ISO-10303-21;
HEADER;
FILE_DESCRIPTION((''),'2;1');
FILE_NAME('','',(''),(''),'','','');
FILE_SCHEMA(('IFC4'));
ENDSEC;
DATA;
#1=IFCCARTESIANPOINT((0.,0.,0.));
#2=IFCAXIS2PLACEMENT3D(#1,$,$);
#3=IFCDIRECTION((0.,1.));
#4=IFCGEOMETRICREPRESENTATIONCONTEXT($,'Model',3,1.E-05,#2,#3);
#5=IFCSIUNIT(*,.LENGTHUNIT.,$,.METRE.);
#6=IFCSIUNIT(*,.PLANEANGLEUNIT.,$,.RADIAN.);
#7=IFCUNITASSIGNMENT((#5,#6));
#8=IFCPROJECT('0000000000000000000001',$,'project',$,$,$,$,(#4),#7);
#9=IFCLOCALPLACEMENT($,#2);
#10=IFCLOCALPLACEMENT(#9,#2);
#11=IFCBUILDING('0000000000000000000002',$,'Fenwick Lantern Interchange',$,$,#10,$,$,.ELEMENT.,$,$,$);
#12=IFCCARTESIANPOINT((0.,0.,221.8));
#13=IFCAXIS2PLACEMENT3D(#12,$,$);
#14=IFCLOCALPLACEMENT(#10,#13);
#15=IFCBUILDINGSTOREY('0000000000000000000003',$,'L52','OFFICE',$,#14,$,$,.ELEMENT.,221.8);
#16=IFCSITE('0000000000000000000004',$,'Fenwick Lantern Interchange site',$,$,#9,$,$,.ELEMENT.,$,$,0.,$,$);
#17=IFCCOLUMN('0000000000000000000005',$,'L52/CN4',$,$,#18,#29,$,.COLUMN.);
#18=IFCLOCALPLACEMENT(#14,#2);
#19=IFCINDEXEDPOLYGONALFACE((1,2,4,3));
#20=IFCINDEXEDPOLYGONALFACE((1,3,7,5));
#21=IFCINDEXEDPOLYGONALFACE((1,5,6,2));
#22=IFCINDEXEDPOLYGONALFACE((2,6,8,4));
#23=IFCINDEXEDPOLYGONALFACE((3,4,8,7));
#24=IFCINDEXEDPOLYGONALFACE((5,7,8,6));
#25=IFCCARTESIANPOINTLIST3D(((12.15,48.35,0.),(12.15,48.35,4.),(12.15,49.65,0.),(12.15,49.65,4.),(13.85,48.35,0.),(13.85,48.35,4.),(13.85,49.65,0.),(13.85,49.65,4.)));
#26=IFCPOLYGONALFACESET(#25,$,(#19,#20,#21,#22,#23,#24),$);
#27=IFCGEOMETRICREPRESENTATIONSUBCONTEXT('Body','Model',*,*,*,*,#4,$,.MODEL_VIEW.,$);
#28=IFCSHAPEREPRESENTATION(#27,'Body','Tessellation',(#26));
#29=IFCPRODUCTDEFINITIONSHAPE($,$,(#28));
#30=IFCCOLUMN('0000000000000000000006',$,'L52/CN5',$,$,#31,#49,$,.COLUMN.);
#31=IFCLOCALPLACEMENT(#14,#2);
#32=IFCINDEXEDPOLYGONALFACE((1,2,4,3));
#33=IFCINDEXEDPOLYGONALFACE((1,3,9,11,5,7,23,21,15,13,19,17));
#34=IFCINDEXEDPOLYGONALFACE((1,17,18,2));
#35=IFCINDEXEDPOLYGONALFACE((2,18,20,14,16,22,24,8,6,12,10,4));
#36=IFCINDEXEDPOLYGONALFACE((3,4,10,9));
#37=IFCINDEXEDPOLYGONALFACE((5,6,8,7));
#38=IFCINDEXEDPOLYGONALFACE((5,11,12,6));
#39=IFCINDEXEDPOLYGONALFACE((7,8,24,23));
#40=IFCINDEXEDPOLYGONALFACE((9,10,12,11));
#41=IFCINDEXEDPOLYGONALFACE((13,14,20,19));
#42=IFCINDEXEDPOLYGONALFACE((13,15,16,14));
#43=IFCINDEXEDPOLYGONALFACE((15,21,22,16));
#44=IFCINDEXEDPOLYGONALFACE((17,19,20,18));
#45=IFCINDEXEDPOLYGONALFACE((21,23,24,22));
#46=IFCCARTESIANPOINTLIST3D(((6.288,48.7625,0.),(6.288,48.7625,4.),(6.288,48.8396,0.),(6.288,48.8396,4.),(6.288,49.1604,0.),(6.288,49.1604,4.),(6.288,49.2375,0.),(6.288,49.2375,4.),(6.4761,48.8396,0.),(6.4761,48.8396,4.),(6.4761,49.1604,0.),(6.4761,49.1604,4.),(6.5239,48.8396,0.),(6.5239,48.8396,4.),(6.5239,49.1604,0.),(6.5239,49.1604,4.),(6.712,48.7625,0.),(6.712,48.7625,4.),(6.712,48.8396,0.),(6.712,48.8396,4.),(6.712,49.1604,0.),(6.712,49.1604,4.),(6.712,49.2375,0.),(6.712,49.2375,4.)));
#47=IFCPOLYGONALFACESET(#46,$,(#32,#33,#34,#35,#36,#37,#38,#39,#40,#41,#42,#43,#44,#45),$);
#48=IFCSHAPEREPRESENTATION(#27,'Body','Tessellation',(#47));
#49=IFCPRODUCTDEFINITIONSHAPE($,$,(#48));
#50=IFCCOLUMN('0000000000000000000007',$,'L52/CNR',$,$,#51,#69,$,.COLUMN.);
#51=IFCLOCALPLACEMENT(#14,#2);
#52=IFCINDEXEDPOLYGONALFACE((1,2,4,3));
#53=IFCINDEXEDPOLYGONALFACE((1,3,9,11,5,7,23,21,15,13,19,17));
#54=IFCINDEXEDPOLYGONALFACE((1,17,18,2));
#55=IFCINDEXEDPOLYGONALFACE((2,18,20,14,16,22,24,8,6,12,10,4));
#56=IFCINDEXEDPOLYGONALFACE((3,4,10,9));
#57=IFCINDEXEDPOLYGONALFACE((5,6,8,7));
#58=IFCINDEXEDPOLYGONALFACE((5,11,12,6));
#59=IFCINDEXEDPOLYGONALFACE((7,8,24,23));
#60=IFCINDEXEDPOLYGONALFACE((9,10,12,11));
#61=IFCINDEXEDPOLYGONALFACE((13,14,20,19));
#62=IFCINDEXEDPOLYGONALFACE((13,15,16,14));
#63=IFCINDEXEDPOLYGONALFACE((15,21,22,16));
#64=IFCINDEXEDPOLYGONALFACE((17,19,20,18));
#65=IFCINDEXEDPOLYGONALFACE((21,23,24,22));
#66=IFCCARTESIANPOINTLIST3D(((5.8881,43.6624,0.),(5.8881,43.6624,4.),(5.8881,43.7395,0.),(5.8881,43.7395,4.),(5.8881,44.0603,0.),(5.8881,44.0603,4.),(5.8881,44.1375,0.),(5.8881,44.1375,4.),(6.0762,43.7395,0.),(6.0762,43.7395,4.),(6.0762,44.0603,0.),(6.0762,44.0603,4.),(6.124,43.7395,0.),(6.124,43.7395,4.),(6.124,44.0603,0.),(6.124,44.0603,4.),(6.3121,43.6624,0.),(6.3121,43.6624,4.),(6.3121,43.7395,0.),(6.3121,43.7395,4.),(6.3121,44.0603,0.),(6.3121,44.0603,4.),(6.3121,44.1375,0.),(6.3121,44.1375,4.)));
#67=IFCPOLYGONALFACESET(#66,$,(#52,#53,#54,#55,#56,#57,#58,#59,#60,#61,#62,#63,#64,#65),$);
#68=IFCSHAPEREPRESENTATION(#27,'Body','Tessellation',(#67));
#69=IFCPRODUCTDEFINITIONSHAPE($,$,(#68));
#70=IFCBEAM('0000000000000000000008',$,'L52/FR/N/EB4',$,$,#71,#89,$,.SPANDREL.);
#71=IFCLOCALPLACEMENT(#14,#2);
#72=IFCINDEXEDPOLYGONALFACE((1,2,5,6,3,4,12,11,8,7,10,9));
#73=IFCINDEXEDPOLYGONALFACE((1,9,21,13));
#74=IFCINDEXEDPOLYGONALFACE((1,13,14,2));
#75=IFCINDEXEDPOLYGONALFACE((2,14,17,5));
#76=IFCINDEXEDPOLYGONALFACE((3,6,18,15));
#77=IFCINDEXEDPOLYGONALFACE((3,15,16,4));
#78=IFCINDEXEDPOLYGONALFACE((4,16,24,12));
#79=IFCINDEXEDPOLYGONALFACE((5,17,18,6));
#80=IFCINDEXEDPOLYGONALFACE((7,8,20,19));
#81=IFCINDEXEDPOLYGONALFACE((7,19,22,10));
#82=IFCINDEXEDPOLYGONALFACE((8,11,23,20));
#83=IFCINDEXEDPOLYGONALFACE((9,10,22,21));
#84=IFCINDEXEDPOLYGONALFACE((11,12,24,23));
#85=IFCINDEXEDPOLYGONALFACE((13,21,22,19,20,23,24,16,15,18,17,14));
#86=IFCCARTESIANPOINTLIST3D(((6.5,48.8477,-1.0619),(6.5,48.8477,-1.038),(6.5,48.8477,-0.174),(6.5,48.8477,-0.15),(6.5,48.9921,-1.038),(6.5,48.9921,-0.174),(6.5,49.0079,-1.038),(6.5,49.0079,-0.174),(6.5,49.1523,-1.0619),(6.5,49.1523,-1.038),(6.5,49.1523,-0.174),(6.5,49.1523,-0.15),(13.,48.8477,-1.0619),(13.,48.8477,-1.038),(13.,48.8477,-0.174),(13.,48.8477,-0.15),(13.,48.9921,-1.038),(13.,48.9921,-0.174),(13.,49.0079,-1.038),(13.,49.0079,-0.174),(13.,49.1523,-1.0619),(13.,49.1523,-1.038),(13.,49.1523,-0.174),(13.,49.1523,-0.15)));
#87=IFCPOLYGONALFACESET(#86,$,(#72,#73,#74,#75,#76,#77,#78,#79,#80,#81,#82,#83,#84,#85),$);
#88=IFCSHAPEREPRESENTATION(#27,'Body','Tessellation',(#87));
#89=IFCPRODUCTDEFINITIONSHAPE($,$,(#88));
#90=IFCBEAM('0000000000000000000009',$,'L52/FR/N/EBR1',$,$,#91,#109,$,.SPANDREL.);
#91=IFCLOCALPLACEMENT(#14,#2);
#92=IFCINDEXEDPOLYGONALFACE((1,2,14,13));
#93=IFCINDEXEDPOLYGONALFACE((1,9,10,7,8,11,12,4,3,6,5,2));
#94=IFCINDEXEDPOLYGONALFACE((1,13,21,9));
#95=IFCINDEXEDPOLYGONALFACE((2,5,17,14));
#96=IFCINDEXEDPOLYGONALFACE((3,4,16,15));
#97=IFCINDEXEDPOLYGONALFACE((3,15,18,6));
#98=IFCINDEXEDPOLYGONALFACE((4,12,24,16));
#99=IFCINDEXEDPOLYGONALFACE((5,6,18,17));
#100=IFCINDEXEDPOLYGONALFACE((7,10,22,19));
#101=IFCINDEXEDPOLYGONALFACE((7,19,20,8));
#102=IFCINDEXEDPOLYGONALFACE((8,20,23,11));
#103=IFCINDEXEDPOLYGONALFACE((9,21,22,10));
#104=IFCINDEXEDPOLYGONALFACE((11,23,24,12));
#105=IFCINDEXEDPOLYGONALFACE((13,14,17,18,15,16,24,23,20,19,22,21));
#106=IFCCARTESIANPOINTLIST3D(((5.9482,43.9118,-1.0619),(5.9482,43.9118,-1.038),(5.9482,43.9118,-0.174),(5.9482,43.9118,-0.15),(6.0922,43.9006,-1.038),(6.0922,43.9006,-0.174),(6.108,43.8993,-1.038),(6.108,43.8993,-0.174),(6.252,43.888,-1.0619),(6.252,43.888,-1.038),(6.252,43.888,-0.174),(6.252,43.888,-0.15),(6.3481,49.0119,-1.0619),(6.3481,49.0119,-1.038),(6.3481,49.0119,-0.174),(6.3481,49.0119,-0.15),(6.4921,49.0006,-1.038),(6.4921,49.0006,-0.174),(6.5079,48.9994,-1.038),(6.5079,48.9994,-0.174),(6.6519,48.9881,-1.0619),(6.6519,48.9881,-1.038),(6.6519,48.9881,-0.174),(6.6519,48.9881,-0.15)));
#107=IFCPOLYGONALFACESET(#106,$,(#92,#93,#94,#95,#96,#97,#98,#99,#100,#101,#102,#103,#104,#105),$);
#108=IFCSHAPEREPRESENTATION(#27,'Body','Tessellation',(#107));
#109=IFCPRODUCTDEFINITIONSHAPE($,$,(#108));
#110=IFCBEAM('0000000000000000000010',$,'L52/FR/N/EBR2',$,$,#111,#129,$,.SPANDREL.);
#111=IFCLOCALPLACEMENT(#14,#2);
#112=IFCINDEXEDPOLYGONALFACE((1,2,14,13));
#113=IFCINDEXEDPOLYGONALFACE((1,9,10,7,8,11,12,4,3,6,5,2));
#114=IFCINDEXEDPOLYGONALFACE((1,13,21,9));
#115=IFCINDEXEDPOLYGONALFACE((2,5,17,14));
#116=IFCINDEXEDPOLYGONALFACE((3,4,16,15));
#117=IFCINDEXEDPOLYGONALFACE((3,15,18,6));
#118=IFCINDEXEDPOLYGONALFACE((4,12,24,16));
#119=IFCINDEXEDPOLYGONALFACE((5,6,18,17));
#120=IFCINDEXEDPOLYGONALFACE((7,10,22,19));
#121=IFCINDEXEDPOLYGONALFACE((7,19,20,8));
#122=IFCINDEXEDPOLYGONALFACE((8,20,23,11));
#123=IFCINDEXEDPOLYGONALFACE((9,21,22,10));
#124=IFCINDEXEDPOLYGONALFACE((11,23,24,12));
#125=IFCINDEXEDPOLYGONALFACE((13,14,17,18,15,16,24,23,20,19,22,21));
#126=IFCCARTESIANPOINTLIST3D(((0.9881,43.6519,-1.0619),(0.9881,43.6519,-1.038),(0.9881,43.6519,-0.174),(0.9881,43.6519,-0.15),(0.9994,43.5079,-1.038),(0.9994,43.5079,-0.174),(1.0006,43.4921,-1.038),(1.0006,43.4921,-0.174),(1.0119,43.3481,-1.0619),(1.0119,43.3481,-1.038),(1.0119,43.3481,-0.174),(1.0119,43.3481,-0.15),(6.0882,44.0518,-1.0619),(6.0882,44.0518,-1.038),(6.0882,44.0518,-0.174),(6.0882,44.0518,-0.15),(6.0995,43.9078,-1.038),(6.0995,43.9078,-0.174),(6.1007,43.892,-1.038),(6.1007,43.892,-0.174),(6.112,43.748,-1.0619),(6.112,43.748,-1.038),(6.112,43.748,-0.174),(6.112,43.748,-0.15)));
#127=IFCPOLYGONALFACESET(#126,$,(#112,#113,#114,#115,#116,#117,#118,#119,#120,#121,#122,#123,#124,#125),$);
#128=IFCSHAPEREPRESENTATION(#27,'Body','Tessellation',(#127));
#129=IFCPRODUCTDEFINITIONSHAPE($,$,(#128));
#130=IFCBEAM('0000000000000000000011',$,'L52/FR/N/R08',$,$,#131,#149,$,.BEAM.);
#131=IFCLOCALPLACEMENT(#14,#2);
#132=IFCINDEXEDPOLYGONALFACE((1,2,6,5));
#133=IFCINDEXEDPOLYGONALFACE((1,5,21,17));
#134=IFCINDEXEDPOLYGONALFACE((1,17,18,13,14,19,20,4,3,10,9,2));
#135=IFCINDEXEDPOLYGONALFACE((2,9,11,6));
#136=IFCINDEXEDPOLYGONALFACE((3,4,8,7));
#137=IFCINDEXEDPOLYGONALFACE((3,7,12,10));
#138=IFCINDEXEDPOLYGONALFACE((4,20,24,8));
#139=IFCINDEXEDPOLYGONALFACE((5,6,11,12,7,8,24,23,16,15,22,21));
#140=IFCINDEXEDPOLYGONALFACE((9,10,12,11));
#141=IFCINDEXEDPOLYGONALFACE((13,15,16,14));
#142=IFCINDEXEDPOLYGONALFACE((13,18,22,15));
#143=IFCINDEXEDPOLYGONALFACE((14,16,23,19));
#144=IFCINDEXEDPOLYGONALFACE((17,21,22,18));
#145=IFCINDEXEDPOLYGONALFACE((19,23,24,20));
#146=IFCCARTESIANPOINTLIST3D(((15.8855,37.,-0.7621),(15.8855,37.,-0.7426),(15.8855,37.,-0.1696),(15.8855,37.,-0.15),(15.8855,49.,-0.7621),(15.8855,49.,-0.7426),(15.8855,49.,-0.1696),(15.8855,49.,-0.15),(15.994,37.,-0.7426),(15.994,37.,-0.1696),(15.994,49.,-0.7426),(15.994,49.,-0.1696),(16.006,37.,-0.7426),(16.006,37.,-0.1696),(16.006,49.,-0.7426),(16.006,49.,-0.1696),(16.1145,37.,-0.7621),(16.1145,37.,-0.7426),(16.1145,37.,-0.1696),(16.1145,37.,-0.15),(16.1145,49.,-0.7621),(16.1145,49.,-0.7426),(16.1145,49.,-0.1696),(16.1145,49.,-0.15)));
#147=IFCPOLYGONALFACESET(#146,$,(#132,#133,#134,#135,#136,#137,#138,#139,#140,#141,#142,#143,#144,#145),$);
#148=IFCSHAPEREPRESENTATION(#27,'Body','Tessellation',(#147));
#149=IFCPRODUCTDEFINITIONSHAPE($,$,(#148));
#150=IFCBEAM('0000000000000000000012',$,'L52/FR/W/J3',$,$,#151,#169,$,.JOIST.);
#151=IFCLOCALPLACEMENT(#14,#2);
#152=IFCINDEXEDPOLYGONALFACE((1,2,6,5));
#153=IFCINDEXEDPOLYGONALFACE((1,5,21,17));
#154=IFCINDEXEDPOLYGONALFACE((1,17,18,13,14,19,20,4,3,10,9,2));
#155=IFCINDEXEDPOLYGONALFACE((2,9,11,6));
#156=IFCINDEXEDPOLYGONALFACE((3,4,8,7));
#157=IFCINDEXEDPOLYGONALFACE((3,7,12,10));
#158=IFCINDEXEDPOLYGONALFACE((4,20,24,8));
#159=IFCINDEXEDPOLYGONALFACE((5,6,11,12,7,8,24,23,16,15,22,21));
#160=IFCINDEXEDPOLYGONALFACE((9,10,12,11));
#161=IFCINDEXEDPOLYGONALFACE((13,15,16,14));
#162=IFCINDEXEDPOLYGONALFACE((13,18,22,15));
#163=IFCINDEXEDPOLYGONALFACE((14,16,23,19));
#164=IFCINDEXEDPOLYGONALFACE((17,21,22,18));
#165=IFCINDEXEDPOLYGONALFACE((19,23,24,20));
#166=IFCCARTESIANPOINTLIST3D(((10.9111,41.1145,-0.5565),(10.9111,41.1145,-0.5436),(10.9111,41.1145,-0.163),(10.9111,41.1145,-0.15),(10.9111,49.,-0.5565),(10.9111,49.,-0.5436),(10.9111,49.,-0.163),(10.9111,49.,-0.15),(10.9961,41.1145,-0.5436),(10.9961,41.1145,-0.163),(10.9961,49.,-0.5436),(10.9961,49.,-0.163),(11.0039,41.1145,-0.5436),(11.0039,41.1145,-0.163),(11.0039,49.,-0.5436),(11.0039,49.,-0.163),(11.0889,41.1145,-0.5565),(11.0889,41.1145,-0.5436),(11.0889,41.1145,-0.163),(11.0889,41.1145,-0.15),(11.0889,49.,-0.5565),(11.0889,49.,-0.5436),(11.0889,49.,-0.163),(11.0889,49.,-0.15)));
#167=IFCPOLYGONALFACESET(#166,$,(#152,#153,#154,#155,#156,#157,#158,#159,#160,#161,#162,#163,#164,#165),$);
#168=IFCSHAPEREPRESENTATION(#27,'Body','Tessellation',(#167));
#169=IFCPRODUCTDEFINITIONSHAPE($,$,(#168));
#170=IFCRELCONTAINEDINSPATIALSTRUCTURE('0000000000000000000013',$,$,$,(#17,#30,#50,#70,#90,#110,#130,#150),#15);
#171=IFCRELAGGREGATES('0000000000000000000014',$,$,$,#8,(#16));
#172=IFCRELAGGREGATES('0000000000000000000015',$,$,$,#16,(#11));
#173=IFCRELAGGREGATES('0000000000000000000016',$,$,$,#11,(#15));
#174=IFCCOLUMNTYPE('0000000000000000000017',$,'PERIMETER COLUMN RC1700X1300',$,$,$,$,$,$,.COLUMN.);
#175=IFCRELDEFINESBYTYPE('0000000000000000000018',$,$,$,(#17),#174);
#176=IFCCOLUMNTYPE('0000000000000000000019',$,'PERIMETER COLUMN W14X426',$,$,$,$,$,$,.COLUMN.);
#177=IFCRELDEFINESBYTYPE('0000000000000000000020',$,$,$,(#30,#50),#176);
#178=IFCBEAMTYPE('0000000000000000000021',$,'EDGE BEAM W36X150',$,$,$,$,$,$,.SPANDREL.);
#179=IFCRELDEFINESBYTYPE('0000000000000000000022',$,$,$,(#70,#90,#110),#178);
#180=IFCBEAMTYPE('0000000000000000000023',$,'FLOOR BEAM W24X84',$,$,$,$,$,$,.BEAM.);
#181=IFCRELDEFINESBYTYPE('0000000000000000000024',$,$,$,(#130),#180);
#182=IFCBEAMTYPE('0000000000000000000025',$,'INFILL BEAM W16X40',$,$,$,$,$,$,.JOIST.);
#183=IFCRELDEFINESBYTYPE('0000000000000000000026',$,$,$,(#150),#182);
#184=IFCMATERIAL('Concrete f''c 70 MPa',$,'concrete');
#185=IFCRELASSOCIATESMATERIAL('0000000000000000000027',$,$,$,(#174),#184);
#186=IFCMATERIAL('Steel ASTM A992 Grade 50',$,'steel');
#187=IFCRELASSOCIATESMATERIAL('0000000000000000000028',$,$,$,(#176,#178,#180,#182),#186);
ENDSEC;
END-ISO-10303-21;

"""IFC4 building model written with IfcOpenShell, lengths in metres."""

from ifc_helpers import new_model, si_unit, direction, frame, origin, origin_2d, place, context, subcontext, project, spatial, rectangle, i_section, extrude, material, material_profile, profile_set, type_object, element, save


model = new_model("IFC4")

# Units and contexts
model_context = context("Model", 3, precision=1e-05, world=origin(), true_north=direction((0.0, 1.0)))
body_context = subcontext(model_context, "Body", "Model", "MODEL_VIEW")
ifc_project = project(units=[si_unit("LENGTHUNIT", "METRE"), si_unit("PLANEANGLEUNIT", "RADIAN")], contexts=[model_context])

# Site, building, storey
site_placement = place(None, origin())
site = spatial("IfcSite", under=ifc_project, at=site_placement, Name="Fenwick Lantern Interchange site", CompositionType="ELEMENT", RefElevation=0.0)
building_placement = place(site_placement, origin())
building = spatial("IfcBuilding", under=site, at=building_placement, Name="Fenwick Lantern Interchange", CompositionType="ELEMENT")
storey_placement = place(building_placement, frame((0.0, 0.0, 221.8)))
storey = spatial("IfcBuildingStorey", under=building, at=storey_placement, Name="L52", Description="OFFICE", CompositionType="ELEMENT", Elevation=221.8)

# Columns
ifc_material_1 = material(Name="Concrete f'c 70 MPa", Category="concrete")
ifc_material_profile_1 = material_profile(ifc_material_1, rectangle(XDim=1.7, YDim=1.3, at=origin_2d()), Name="RC1700X1300")
ifc_profile_set_1 = profile_set([ifc_material_profile_1], Name="Concrete f'c 70 MPa")
column_type_1 = type_object("IfcColumnType", Name="PERIMETER COLUMN RC1700X1300", PredefinedType="COLUMN", material=ifc_profile_set_1)
column_placement = place(storey_placement, frame((13.0, 49.0, 0.0), z_axis=(0.0, 0.0, 1.0), x_axis=(1.0, 0.0, 0.0)))
element("IfcColumn", 1, at=column_placement, inside=storey, type_object=column_type_1, Name="L52/CN4", PredefinedType="COLUMN", context=body_context, shape_type="SweptSolid", body=[
    extrude(rectangle(XDim=1.7, YDim=1.3, at=origin_2d()), origin(), (0.0, 0.0, 1.0), 4.0),
])
ifc_material_2 = material(Name="Steel ASTM A992 Grade 50", Category="steel")
ifc_material_profile_2 = material_profile(ifc_material_2, i_section(OverallWidth=0.4241, OverallDepth=0.4751, WebThickness=0.0479, FlangeThickness=0.0771, at=origin_2d()), Name="W14X426")
ifc_profile_set_2 = profile_set([ifc_material_profile_2], Name="Steel ASTM A992 Grade 50")
column_type_2 = type_object("IfcColumnType", Name="PERIMETER COLUMN W14X426", PredefinedType="COLUMN", material=ifc_profile_set_2)
for number, where, z_axis, x_axis, name in (
    (2, (6.5, 49.0, 0.0), (0.0, 0.0, 1.0), (1.0, 0.0, 0.0), "L52/CN5"),
    (3, (6.1001, 43.8999, 0.0), (0.0, 0.0, 1.0), (1.0, 0.0, 0.0), "L52/CNR"),
):
    element("IfcColumn", number, at=place(storey_placement, frame(where, z_axis=z_axis, x_axis=x_axis)), inside=storey, type_object=column_type_2, Name=name, PredefinedType="COLUMN", context=body_context, shape_type="SweptSolid", body=[
        extrude(i_section(OverallWidth=0.4241, OverallDepth=0.4751, WebThickness=0.0479, FlangeThickness=0.0771, at=origin_2d()), origin(), (0.0, 0.0, 1.0), 4.0),
    ])

# Beams
ifc_material_profile_3 = material_profile(ifc_material_2, i_section(OverallWidth=0.3047, OverallDepth=0.9119, WebThickness=0.0159, FlangeThickness=0.0239, at=origin_2d()), Name="W36X150")
ifc_profile_set_3 = profile_set([ifc_material_profile_3], Name="Steel ASTM A992 Grade 50")
beam_type_1 = type_object("IfcBeamType", Name="EDGE BEAM W36X150", PredefinedType="SPANDREL", material=ifc_profile_set_3)
beam_1_placement = place(storey_placement, frame((13.0, 49.0, -0.606), z_axis=(-1.0, 0.0, 0.0), x_axis=(0.0, -1.0, 0.0)))
element("IfcBeam", 4, at=beam_1_placement, inside=storey, type_object=beam_type_1, Name="L52/FR/N/EB4", PredefinedType="SPANDREL", context=body_context, shape_type="SweptSolid", body=[
    extrude(i_section(OverallWidth=0.3047, OverallDepth=0.9119, WebThickness=0.0159, FlangeThickness=0.0239, at=origin_2d()), origin(), (0.0, 0.0, 1.0), 6.5),
])
for number, where, z_axis, x_axis, name in (
    (5, (6.5, 49.0, -0.606), (-0.078171, -0.99694, 0.0), (0.99694, -0.078171, 0.0), "L52/FR/N/EBR1"),
    (6, (6.1001, 43.8999, -0.606), (-0.99694, -0.078171, 0.0), (0.078171, -0.99694, 0.0), "L52/FR/N/EBR2"),
):
    element("IfcBeam", number, at=place(storey_placement, frame(where, z_axis=z_axis, x_axis=x_axis)), inside=storey, type_object=beam_type_1, Name=name, PredefinedType="SPANDREL", context=body_context, shape_type="SweptSolid", body=[
        extrude(i_section(OverallWidth=0.3047, OverallDepth=0.9119, WebThickness=0.0159, FlangeThickness=0.0239, at=origin_2d()), origin(), (0.0, 0.0, 1.0), 5.1157),
    ])
ifc_material_profile_4 = material_profile(ifc_material_2, i_section(OverallWidth=0.229, OverallDepth=0.6121, WebThickness=0.012, FlangeThickness=0.0195, at=origin_2d()), Name="W24X84")
ifc_profile_set_4 = profile_set([ifc_material_profile_4], Name="Steel ASTM A992 Grade 50")
beam_type_2 = type_object("IfcBeamType", Name="FLOOR BEAM W24X84", PredefinedType="BEAM", material=ifc_profile_set_4)
beam_2_placement = place(storey_placement, frame((16.0, 49.0, -0.4561), z_axis=(0.0, -1.0, 0.0), x_axis=(1.0, 0.0, 0.0)))
element("IfcBeam", 7, at=beam_2_placement, inside=storey, type_object=beam_type_2, Name="L52/FR/N/R08", PredefinedType="BEAM", context=body_context, shape_type="SweptSolid", body=[
    extrude(i_section(OverallWidth=0.229, OverallDepth=0.6121, WebThickness=0.012, FlangeThickness=0.0195, at=origin_2d()), origin(), (0.0, 0.0, 1.0), 12.0),
])
ifc_material_profile_5 = material_profile(ifc_material_2, i_section(OverallWidth=0.1777, OverallDepth=0.4065, WebThickness=0.0078, FlangeThickness=0.0129, at=origin_2d()), Name="W16X40")
ifc_profile_set_5 = profile_set([ifc_material_profile_5], Name="Steel ASTM A992 Grade 50")
beam_type_3 = type_object("IfcBeamType", Name="INFILL BEAM W16X40", PredefinedType="JOIST", material=ifc_profile_set_5)
beam_3_placement = place(storey_placement, frame((11.0, 49.0, -0.3533), z_axis=(0.0, -1.0, 0.0), x_axis=(1.0, 0.0, 0.0)))
element("IfcBeam", 8, at=beam_3_placement, inside=storey, type_object=beam_type_3, Name="L52/FR/W/J3", PredefinedType="JOIST", context=body_context, shape_type="SweptSolid", body=[
    extrude(i_section(OverallWidth=0.1777, OverallDepth=0.4065, WebThickness=0.0078, FlangeThickness=0.0129, at=origin_2d()), origin(), (0.0, 0.0, 1.0), 7.8855),
])

save(model, "model.ifc")
